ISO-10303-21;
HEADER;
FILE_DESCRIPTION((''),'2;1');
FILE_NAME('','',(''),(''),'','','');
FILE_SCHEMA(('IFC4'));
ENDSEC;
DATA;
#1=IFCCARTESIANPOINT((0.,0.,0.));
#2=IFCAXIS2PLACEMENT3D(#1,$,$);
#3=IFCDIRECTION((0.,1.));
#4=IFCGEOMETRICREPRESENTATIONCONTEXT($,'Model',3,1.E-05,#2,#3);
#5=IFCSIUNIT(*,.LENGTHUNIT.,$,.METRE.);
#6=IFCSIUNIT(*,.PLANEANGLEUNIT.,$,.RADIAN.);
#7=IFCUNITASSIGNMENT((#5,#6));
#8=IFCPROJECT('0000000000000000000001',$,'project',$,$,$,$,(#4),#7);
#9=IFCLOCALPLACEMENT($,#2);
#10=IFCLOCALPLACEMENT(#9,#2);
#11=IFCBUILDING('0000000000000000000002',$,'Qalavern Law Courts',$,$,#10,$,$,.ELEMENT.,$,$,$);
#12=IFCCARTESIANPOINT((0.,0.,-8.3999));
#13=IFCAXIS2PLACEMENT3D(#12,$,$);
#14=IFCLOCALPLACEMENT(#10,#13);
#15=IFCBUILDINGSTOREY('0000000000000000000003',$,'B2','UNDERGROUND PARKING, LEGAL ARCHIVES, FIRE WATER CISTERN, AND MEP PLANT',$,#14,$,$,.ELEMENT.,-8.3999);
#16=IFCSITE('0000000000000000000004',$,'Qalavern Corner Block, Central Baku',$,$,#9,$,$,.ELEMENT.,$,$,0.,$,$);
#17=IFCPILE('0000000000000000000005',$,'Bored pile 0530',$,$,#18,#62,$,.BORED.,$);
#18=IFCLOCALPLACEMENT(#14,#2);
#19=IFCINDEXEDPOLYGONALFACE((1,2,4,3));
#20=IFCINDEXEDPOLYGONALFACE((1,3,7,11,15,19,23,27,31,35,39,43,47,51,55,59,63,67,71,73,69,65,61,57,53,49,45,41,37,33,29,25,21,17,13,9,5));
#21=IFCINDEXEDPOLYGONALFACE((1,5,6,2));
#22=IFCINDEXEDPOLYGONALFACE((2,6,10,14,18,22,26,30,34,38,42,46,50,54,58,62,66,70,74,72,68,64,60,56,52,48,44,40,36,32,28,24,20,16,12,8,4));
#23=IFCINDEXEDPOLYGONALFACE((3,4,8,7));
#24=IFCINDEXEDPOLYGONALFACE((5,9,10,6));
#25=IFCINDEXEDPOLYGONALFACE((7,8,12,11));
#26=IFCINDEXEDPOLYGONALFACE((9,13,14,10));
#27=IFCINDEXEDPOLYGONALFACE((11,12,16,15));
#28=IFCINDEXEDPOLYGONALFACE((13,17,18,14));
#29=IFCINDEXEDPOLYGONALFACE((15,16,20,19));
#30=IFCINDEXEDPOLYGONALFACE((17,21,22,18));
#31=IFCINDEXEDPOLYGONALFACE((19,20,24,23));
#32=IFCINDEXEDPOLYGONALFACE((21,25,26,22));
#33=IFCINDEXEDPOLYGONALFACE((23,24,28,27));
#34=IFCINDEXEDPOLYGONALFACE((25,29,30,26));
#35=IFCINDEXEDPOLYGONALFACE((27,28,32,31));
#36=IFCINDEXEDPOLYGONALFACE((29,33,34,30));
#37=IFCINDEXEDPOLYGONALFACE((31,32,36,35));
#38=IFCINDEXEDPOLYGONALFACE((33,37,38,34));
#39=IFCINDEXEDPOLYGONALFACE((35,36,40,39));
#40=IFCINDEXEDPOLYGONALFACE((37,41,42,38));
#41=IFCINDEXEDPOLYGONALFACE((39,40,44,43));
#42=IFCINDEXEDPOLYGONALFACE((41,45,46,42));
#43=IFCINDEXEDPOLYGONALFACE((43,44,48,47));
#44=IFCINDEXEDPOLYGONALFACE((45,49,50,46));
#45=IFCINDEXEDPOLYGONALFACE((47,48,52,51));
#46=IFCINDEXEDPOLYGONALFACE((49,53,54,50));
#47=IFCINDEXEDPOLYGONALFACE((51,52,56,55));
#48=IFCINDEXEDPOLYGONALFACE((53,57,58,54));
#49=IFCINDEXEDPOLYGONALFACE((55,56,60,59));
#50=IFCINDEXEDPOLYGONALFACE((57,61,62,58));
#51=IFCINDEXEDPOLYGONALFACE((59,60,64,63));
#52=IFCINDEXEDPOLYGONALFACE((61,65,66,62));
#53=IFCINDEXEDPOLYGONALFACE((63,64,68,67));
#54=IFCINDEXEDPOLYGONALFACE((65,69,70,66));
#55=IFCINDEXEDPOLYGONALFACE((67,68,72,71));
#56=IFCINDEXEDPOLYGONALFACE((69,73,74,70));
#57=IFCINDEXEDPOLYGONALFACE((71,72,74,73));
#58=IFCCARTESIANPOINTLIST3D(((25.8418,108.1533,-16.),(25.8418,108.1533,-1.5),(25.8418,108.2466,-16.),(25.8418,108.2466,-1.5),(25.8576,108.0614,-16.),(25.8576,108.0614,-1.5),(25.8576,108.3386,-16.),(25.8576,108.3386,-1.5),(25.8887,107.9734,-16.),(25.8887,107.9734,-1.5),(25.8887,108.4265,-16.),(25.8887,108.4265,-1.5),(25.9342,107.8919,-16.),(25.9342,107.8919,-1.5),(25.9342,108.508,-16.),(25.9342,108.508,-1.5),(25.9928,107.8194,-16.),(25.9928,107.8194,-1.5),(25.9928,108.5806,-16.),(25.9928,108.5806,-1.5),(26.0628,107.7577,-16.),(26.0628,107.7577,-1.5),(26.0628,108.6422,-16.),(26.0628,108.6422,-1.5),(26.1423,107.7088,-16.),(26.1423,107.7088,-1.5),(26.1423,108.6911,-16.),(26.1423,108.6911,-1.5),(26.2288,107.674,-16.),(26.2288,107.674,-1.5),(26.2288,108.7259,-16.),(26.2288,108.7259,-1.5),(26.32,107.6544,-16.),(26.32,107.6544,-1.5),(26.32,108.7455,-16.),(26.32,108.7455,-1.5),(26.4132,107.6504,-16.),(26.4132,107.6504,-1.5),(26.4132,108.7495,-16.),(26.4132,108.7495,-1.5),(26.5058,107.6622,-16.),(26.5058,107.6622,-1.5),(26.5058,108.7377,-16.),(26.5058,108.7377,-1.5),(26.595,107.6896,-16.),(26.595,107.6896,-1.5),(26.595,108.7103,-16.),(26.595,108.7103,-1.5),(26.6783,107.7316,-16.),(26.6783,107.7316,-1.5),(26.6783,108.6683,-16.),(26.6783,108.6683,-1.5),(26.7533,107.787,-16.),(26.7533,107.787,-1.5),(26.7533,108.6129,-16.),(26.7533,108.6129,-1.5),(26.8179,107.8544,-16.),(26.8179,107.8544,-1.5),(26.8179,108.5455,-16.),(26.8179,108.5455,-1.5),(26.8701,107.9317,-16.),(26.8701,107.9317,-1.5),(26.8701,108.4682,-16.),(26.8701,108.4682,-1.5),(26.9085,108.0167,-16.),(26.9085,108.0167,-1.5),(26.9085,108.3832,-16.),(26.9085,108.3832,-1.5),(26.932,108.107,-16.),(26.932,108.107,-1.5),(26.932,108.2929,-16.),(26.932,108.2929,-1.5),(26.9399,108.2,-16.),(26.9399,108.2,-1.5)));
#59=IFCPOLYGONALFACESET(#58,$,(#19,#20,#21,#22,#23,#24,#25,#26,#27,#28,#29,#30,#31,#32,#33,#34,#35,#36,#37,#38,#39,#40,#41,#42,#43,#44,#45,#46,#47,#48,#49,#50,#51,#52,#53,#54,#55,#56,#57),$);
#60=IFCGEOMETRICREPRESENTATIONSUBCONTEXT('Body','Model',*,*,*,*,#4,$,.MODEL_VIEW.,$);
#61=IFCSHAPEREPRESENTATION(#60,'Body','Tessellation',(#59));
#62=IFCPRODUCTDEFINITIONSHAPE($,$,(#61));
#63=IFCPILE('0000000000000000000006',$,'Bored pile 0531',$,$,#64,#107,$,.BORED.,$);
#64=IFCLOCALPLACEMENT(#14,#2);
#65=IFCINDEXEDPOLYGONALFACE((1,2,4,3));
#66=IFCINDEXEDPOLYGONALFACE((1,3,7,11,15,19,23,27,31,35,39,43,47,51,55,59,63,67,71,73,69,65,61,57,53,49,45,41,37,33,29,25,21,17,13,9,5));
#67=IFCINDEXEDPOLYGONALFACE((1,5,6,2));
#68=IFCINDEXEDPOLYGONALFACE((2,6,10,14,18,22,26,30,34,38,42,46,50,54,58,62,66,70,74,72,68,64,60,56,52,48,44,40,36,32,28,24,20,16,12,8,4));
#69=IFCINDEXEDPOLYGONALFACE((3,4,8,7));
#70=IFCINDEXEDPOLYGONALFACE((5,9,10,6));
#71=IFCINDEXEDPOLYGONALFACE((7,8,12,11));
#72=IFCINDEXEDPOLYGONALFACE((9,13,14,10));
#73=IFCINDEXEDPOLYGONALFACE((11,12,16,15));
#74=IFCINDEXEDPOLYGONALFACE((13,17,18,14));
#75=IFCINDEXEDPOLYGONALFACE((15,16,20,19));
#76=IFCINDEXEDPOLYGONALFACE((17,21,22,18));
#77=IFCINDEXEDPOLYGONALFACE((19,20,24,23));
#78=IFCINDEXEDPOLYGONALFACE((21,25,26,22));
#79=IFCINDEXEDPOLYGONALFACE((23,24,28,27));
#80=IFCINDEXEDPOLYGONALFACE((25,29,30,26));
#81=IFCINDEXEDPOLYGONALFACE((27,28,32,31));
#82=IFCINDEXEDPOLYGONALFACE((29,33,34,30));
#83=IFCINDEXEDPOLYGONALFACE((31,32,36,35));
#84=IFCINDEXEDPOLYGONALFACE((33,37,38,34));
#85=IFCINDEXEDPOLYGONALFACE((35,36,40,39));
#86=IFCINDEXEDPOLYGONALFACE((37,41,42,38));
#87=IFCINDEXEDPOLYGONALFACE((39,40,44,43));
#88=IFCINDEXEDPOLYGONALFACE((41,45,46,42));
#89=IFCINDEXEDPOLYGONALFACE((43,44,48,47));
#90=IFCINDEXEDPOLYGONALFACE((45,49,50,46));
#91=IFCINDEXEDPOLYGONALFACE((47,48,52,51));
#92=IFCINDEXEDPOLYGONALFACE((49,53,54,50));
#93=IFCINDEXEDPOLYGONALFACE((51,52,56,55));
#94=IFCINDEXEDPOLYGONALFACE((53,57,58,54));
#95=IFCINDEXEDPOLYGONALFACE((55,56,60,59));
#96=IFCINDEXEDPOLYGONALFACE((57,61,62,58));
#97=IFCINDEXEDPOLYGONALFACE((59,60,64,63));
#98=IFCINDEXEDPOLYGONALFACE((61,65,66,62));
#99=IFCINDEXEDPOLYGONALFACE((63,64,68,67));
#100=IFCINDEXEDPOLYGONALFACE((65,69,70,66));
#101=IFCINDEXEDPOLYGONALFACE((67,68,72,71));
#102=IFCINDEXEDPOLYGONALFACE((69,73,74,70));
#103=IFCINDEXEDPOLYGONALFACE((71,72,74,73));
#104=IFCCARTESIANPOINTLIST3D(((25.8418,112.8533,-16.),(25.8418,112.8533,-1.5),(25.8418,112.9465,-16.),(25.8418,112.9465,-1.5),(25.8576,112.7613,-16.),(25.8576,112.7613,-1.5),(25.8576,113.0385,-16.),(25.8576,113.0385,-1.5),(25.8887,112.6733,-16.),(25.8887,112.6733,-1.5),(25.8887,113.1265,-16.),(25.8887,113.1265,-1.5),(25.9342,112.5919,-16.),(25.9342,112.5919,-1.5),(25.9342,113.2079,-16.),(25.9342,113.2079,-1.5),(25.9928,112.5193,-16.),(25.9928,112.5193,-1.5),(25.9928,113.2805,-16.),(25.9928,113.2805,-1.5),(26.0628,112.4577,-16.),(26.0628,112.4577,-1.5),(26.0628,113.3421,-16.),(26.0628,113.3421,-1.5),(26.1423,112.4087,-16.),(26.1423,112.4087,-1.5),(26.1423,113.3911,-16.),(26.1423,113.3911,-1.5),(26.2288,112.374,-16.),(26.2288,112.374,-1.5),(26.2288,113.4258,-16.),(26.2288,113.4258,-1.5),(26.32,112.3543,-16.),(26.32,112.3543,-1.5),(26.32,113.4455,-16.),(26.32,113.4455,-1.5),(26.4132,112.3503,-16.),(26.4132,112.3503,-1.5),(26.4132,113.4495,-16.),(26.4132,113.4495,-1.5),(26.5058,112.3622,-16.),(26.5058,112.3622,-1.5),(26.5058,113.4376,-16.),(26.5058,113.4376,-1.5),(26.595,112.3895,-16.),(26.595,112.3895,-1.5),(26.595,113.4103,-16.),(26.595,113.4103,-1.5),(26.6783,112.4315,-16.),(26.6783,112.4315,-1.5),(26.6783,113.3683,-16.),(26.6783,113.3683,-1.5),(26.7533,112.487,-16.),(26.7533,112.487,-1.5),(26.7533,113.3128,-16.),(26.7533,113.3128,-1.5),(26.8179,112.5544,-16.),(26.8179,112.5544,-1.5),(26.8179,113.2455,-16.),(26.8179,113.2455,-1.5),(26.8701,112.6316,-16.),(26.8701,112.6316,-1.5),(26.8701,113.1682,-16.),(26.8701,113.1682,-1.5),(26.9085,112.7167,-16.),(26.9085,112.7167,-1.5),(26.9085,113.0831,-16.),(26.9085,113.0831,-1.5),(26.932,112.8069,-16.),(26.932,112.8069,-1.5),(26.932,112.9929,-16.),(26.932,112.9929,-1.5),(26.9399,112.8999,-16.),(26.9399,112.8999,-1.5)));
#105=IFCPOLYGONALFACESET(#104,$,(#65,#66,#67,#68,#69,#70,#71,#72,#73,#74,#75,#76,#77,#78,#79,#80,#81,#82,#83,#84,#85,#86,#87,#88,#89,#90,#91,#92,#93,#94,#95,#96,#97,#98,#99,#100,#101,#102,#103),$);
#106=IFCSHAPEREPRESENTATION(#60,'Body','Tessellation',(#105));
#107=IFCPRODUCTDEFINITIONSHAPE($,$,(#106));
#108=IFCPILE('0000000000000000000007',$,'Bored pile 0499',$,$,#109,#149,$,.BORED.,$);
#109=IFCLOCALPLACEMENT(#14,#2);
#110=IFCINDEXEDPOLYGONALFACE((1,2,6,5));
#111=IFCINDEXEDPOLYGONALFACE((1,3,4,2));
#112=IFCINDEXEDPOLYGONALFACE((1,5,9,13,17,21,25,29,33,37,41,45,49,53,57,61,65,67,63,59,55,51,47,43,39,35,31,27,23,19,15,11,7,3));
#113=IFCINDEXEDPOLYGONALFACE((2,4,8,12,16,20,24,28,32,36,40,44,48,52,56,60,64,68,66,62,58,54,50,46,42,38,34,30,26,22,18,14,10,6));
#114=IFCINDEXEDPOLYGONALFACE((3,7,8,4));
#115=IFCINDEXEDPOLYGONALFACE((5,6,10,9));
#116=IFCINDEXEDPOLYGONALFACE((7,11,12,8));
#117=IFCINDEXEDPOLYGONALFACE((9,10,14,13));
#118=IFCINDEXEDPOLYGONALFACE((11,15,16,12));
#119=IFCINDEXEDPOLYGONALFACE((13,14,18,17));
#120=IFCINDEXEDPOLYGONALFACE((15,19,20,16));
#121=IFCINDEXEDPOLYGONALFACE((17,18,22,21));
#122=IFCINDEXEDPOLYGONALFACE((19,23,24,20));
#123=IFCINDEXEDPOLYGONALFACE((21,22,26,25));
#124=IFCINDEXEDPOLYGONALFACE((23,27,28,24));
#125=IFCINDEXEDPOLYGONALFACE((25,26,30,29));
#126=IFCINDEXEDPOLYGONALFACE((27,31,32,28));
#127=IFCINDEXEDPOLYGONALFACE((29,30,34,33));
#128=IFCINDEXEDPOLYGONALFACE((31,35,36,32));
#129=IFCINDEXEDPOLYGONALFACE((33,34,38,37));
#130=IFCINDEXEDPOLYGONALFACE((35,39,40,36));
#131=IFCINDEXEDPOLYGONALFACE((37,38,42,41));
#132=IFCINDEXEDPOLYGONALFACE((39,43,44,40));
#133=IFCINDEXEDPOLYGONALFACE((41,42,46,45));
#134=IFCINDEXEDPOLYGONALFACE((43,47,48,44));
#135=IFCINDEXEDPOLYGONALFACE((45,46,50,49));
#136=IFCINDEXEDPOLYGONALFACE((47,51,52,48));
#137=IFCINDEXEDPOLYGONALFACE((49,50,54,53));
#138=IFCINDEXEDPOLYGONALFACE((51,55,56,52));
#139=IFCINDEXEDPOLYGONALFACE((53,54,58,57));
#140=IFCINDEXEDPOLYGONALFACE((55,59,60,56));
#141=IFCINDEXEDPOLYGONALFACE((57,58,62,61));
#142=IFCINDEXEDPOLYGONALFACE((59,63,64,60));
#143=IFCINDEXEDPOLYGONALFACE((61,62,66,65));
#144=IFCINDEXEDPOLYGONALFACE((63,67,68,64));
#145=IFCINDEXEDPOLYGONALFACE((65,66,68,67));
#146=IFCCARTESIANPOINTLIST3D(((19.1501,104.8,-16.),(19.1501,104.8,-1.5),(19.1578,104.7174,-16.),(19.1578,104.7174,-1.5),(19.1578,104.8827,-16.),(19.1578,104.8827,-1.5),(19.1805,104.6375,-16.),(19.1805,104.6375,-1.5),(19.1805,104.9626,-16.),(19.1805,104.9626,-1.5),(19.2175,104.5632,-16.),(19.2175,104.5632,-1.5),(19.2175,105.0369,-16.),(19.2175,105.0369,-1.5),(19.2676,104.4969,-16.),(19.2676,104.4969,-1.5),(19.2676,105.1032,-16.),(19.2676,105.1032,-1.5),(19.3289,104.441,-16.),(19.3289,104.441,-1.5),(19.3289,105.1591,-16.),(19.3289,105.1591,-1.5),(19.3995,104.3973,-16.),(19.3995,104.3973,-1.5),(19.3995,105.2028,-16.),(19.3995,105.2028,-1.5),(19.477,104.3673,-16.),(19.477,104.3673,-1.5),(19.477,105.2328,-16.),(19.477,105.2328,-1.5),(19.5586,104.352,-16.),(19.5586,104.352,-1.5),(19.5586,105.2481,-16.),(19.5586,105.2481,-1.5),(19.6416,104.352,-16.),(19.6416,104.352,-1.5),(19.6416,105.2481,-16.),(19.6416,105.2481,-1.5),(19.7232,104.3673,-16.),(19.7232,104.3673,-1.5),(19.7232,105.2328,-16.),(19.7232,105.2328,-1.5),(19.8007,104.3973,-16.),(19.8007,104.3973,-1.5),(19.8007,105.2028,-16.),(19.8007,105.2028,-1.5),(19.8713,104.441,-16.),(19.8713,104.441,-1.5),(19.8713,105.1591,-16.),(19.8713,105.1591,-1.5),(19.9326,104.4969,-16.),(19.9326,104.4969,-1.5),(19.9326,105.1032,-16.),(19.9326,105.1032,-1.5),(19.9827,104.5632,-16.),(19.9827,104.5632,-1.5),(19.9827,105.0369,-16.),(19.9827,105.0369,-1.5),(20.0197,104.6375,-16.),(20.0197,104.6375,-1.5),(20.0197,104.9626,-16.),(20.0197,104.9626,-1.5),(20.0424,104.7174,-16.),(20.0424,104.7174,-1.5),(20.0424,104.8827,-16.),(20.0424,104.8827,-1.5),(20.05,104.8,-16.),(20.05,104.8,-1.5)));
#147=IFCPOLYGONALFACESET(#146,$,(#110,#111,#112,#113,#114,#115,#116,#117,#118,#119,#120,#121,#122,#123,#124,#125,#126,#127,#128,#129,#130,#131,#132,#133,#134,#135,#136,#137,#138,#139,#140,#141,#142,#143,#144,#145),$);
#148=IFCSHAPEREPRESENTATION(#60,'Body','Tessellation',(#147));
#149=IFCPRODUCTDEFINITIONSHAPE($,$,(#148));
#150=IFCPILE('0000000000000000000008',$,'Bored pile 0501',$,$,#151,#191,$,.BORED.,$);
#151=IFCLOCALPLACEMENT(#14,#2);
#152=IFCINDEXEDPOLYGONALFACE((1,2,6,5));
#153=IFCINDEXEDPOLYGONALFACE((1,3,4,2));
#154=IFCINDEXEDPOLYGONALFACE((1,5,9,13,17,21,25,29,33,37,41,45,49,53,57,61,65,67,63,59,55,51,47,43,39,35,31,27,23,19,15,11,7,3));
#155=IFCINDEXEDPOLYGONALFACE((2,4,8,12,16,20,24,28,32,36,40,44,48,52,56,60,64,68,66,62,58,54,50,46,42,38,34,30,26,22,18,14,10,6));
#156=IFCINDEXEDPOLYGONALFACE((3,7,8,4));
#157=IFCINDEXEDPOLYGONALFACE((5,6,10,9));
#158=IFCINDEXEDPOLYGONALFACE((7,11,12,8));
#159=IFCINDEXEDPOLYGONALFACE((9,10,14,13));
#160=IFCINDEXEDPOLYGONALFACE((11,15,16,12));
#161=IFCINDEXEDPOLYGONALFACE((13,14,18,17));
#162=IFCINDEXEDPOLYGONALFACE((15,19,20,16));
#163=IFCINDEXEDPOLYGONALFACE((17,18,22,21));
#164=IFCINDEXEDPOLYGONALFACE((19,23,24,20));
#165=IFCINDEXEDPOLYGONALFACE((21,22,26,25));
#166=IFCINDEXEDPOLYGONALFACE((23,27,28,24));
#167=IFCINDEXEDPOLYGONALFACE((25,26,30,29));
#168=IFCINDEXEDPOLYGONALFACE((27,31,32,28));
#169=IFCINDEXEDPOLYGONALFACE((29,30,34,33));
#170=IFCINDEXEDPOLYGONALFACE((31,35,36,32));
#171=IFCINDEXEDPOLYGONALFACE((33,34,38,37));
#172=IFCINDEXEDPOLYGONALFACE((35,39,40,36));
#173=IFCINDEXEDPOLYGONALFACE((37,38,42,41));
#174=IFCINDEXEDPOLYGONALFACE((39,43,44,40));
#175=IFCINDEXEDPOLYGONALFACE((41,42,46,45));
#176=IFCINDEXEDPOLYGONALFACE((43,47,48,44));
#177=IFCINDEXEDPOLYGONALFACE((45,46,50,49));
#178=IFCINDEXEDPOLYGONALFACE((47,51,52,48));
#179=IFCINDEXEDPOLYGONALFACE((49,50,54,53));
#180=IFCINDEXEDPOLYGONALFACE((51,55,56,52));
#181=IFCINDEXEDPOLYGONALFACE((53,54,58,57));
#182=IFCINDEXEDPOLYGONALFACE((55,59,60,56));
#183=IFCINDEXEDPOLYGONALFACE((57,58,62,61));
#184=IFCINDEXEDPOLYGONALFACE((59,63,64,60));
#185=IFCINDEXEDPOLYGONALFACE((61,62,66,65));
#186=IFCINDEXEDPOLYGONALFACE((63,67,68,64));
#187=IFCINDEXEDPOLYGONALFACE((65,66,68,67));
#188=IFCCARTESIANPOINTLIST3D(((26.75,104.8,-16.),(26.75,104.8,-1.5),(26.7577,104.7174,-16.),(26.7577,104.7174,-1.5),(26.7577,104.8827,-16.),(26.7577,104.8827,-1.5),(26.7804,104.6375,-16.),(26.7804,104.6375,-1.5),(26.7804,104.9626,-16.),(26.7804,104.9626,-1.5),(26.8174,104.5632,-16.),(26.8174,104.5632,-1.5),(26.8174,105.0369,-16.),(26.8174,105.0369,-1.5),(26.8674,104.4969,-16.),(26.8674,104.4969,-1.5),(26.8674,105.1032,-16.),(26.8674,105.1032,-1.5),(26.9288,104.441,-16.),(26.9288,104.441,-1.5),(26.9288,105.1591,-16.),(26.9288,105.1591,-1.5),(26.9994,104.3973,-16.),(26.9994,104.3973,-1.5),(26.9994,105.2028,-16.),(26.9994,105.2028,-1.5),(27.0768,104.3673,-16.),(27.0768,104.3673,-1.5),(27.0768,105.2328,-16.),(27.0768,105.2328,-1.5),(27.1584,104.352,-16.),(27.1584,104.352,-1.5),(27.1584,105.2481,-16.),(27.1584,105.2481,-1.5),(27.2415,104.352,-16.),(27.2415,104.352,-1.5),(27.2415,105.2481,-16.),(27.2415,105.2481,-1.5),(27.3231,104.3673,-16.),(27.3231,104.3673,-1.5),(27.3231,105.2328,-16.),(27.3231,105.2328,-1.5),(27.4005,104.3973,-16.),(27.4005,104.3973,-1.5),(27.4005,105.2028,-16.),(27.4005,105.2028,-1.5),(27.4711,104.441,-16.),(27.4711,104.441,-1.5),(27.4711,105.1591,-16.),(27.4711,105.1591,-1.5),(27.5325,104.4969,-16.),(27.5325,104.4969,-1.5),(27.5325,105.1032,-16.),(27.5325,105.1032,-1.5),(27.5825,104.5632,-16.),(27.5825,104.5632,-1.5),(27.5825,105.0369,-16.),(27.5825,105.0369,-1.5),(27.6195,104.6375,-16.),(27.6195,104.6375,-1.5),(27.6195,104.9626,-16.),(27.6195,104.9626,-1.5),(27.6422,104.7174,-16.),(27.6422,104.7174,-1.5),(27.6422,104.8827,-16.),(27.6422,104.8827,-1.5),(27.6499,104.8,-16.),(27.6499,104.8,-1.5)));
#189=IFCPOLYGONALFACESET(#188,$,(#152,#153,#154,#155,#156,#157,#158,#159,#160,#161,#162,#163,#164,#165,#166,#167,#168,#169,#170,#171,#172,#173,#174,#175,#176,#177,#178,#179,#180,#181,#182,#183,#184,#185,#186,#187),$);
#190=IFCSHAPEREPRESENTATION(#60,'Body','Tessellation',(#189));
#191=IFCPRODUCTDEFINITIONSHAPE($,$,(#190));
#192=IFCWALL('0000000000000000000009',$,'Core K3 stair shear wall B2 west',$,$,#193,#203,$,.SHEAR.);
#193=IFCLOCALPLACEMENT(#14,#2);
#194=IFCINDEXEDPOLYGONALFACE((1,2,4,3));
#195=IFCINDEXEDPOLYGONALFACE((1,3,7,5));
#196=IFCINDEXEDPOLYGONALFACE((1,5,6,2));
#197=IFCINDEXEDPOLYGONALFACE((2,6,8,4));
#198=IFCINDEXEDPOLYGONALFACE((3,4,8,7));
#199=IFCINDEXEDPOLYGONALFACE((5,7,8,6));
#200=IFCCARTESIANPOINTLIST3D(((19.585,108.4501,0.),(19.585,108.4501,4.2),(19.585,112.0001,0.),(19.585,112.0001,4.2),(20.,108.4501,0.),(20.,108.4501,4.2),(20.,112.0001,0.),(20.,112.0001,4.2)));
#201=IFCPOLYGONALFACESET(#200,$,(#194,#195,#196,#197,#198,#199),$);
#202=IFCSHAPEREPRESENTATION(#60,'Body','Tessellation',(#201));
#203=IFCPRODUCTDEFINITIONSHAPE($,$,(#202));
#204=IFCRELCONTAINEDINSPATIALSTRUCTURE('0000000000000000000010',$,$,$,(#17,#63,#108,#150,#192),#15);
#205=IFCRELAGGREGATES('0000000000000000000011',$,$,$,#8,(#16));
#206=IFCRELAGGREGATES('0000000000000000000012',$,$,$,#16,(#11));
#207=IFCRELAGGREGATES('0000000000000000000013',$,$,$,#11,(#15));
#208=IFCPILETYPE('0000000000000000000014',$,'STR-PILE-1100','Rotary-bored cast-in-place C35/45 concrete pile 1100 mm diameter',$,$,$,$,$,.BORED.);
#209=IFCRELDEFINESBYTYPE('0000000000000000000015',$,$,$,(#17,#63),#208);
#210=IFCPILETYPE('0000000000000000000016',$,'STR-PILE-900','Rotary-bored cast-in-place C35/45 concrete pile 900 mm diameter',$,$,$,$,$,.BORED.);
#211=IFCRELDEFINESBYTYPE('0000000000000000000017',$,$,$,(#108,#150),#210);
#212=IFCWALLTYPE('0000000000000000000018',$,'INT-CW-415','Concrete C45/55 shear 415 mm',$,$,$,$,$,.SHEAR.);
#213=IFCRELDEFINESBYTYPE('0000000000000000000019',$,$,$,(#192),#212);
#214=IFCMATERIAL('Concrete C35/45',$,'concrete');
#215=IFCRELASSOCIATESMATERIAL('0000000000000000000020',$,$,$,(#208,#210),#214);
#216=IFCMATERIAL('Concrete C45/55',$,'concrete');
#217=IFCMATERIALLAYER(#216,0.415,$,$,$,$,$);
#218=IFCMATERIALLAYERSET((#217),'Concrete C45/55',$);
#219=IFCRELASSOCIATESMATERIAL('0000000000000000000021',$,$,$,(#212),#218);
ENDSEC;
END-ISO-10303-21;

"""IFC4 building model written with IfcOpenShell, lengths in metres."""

from ifc_helpers import new_model, si_unit, direction, frame, frame_2d, origin, origin_2d, place, context, subcontext, project, spatial, rectangle, circle, extrude, material, layer, layer_set, material_profile, profile_set, type_object, element, save


model = new_model("IFC4")

# Units and contexts
model_context = context("Model", 3, precision=1e-05, world=origin(), true_north=direction((0.0, 1.0)))
body_context = subcontext(model_context, "Body", "Model", "MODEL_VIEW")
ifc_project = project(units=[si_unit("LENGTHUNIT", "METRE"), si_unit("PLANEANGLEUNIT", "RADIAN")], contexts=[model_context])

# Site, building, storey
site_placement = place(None, origin())
site = spatial("IfcSite", under=ifc_project, at=site_placement, Name="Qalavern Corner Block, Central Baku", CompositionType="ELEMENT", RefElevation=0.0)
building_placement = place(site_placement, origin())
building = spatial("IfcBuilding", under=site, at=building_placement, Name="Qalavern Law Courts", CompositionType="ELEMENT")
storey_placement = place(building_placement, frame((0.0, 0.0, -8.3999)))
storey = spatial("IfcBuildingStorey", under=building, at=storey_placement, Name="B2", Description="UNDERGROUND PARKING, LEGAL ARCHIVES, FIRE WATER CISTERN, AND MEP PLANT", CompositionType="ELEMENT", Elevation=-8.3999)

# Shared definitions
ifc_material_1 = material(Name="Concrete C35/45", Category="concrete")

# Piles
ifc_material_profile_1 = material_profile(ifc_material_1, circle(Radius=0.55, at=origin_2d()), Name="BORED PILE 1100")
ifc_profile_set_1 = profile_set([ifc_material_profile_1], Name="Concrete C35/45")
pile_type_1 = type_object("IfcPileType", Name="STR-PILE-1100", Description="Rotary-bored cast-in-place C35/45 concrete pile 1100 mm diameter", PredefinedType="BORED", material=ifc_profile_set_1)
for number, where, z_axis, x_axis, name in (
    (1, (26.3899, 108.2, -1.5), (0.0, 0.0, -1.0), (1.0, 0.0, 0.0), "Bored pile 0530"),
    (2, (26.3899, 112.8999, -1.5), (0.0, 0.0, -1.0), (1.0, 0.0, 0.0), "Bored pile 0531"),
):
    element("IfcPile", number, at=place(storey_placement, frame(where, z_axis=z_axis, x_axis=x_axis)), inside=storey, type_object=pile_type_1, Name=name, PredefinedType="BORED", context=body_context, shape_type="SweptSolid", body=[
        extrude(circle(Radius=0.55, at=origin_2d()), origin(), (0.0, 0.0, 1.0), 14.5),
    ])
ifc_material_profile_2 = material_profile(ifc_material_1, circle(Radius=0.45, at=origin_2d()), Name="BORED PILE 900")
ifc_profile_set_2 = profile_set([ifc_material_profile_2], Name="Concrete C35/45")
pile_type_2 = type_object("IfcPileType", Name="STR-PILE-900", Description="Rotary-bored cast-in-place C35/45 concrete pile 900 mm diameter", PredefinedType="BORED", material=ifc_profile_set_2)
for number, where, z_axis, x_axis, name in (
    (3, (19.6001, 104.8, -1.5), (0.0, 0.0, -1.0), (1.0, 0.0, 0.0), "Bored pile 0499"),
    (4, (27.2, 104.8, -1.5), (0.0, 0.0, -1.0), (1.0, 0.0, 0.0), "Bored pile 0501"),
):
    element("IfcPile", number, at=place(storey_placement, frame(where, z_axis=z_axis, x_axis=x_axis)), inside=storey, type_object=pile_type_2, Name=name, PredefinedType="BORED", context=body_context, shape_type="SweptSolid", body=[
        extrude(circle(Radius=0.45, at=origin_2d()), origin(), (0.0, 0.0, 1.0), 14.5),
    ])

# Shared definitions
ifc_material_2 = material(Name="Concrete C45/55", Category="concrete")
ifc_layer = layer(ifc_material_2, 0.415)
ifc_layer_set = layer_set([ifc_layer], Name="Concrete C45/55")
wall_type = type_object("IfcWallType", Name="INT-CW-415", Description="Concrete C45/55 shear 415 mm", PredefinedType="SHEAR", material=ifc_layer_set)

# Wall
wall_1_placement = place(storey_placement, frame((19.7925, 112.0, 0.0), z_axis=(0.0, 0.0, 1.0), x_axis=(0.0, -1.0, 0.0)))
element("IfcWall", 5, at=wall_1_placement, inside=storey, type_object=wall_type, Name="Core K3 stair shear wall B2 west", PredefinedType="SHEAR", context=body_context, shape_type="SweptSolid", body=[
    extrude(rectangle(XDim=3.55, YDim=0.415, at=frame_2d((1.7749, 0.0))), origin(), (0.0, 0.0, 1.0), 4.2),
])

save(model, "model.ifc")
